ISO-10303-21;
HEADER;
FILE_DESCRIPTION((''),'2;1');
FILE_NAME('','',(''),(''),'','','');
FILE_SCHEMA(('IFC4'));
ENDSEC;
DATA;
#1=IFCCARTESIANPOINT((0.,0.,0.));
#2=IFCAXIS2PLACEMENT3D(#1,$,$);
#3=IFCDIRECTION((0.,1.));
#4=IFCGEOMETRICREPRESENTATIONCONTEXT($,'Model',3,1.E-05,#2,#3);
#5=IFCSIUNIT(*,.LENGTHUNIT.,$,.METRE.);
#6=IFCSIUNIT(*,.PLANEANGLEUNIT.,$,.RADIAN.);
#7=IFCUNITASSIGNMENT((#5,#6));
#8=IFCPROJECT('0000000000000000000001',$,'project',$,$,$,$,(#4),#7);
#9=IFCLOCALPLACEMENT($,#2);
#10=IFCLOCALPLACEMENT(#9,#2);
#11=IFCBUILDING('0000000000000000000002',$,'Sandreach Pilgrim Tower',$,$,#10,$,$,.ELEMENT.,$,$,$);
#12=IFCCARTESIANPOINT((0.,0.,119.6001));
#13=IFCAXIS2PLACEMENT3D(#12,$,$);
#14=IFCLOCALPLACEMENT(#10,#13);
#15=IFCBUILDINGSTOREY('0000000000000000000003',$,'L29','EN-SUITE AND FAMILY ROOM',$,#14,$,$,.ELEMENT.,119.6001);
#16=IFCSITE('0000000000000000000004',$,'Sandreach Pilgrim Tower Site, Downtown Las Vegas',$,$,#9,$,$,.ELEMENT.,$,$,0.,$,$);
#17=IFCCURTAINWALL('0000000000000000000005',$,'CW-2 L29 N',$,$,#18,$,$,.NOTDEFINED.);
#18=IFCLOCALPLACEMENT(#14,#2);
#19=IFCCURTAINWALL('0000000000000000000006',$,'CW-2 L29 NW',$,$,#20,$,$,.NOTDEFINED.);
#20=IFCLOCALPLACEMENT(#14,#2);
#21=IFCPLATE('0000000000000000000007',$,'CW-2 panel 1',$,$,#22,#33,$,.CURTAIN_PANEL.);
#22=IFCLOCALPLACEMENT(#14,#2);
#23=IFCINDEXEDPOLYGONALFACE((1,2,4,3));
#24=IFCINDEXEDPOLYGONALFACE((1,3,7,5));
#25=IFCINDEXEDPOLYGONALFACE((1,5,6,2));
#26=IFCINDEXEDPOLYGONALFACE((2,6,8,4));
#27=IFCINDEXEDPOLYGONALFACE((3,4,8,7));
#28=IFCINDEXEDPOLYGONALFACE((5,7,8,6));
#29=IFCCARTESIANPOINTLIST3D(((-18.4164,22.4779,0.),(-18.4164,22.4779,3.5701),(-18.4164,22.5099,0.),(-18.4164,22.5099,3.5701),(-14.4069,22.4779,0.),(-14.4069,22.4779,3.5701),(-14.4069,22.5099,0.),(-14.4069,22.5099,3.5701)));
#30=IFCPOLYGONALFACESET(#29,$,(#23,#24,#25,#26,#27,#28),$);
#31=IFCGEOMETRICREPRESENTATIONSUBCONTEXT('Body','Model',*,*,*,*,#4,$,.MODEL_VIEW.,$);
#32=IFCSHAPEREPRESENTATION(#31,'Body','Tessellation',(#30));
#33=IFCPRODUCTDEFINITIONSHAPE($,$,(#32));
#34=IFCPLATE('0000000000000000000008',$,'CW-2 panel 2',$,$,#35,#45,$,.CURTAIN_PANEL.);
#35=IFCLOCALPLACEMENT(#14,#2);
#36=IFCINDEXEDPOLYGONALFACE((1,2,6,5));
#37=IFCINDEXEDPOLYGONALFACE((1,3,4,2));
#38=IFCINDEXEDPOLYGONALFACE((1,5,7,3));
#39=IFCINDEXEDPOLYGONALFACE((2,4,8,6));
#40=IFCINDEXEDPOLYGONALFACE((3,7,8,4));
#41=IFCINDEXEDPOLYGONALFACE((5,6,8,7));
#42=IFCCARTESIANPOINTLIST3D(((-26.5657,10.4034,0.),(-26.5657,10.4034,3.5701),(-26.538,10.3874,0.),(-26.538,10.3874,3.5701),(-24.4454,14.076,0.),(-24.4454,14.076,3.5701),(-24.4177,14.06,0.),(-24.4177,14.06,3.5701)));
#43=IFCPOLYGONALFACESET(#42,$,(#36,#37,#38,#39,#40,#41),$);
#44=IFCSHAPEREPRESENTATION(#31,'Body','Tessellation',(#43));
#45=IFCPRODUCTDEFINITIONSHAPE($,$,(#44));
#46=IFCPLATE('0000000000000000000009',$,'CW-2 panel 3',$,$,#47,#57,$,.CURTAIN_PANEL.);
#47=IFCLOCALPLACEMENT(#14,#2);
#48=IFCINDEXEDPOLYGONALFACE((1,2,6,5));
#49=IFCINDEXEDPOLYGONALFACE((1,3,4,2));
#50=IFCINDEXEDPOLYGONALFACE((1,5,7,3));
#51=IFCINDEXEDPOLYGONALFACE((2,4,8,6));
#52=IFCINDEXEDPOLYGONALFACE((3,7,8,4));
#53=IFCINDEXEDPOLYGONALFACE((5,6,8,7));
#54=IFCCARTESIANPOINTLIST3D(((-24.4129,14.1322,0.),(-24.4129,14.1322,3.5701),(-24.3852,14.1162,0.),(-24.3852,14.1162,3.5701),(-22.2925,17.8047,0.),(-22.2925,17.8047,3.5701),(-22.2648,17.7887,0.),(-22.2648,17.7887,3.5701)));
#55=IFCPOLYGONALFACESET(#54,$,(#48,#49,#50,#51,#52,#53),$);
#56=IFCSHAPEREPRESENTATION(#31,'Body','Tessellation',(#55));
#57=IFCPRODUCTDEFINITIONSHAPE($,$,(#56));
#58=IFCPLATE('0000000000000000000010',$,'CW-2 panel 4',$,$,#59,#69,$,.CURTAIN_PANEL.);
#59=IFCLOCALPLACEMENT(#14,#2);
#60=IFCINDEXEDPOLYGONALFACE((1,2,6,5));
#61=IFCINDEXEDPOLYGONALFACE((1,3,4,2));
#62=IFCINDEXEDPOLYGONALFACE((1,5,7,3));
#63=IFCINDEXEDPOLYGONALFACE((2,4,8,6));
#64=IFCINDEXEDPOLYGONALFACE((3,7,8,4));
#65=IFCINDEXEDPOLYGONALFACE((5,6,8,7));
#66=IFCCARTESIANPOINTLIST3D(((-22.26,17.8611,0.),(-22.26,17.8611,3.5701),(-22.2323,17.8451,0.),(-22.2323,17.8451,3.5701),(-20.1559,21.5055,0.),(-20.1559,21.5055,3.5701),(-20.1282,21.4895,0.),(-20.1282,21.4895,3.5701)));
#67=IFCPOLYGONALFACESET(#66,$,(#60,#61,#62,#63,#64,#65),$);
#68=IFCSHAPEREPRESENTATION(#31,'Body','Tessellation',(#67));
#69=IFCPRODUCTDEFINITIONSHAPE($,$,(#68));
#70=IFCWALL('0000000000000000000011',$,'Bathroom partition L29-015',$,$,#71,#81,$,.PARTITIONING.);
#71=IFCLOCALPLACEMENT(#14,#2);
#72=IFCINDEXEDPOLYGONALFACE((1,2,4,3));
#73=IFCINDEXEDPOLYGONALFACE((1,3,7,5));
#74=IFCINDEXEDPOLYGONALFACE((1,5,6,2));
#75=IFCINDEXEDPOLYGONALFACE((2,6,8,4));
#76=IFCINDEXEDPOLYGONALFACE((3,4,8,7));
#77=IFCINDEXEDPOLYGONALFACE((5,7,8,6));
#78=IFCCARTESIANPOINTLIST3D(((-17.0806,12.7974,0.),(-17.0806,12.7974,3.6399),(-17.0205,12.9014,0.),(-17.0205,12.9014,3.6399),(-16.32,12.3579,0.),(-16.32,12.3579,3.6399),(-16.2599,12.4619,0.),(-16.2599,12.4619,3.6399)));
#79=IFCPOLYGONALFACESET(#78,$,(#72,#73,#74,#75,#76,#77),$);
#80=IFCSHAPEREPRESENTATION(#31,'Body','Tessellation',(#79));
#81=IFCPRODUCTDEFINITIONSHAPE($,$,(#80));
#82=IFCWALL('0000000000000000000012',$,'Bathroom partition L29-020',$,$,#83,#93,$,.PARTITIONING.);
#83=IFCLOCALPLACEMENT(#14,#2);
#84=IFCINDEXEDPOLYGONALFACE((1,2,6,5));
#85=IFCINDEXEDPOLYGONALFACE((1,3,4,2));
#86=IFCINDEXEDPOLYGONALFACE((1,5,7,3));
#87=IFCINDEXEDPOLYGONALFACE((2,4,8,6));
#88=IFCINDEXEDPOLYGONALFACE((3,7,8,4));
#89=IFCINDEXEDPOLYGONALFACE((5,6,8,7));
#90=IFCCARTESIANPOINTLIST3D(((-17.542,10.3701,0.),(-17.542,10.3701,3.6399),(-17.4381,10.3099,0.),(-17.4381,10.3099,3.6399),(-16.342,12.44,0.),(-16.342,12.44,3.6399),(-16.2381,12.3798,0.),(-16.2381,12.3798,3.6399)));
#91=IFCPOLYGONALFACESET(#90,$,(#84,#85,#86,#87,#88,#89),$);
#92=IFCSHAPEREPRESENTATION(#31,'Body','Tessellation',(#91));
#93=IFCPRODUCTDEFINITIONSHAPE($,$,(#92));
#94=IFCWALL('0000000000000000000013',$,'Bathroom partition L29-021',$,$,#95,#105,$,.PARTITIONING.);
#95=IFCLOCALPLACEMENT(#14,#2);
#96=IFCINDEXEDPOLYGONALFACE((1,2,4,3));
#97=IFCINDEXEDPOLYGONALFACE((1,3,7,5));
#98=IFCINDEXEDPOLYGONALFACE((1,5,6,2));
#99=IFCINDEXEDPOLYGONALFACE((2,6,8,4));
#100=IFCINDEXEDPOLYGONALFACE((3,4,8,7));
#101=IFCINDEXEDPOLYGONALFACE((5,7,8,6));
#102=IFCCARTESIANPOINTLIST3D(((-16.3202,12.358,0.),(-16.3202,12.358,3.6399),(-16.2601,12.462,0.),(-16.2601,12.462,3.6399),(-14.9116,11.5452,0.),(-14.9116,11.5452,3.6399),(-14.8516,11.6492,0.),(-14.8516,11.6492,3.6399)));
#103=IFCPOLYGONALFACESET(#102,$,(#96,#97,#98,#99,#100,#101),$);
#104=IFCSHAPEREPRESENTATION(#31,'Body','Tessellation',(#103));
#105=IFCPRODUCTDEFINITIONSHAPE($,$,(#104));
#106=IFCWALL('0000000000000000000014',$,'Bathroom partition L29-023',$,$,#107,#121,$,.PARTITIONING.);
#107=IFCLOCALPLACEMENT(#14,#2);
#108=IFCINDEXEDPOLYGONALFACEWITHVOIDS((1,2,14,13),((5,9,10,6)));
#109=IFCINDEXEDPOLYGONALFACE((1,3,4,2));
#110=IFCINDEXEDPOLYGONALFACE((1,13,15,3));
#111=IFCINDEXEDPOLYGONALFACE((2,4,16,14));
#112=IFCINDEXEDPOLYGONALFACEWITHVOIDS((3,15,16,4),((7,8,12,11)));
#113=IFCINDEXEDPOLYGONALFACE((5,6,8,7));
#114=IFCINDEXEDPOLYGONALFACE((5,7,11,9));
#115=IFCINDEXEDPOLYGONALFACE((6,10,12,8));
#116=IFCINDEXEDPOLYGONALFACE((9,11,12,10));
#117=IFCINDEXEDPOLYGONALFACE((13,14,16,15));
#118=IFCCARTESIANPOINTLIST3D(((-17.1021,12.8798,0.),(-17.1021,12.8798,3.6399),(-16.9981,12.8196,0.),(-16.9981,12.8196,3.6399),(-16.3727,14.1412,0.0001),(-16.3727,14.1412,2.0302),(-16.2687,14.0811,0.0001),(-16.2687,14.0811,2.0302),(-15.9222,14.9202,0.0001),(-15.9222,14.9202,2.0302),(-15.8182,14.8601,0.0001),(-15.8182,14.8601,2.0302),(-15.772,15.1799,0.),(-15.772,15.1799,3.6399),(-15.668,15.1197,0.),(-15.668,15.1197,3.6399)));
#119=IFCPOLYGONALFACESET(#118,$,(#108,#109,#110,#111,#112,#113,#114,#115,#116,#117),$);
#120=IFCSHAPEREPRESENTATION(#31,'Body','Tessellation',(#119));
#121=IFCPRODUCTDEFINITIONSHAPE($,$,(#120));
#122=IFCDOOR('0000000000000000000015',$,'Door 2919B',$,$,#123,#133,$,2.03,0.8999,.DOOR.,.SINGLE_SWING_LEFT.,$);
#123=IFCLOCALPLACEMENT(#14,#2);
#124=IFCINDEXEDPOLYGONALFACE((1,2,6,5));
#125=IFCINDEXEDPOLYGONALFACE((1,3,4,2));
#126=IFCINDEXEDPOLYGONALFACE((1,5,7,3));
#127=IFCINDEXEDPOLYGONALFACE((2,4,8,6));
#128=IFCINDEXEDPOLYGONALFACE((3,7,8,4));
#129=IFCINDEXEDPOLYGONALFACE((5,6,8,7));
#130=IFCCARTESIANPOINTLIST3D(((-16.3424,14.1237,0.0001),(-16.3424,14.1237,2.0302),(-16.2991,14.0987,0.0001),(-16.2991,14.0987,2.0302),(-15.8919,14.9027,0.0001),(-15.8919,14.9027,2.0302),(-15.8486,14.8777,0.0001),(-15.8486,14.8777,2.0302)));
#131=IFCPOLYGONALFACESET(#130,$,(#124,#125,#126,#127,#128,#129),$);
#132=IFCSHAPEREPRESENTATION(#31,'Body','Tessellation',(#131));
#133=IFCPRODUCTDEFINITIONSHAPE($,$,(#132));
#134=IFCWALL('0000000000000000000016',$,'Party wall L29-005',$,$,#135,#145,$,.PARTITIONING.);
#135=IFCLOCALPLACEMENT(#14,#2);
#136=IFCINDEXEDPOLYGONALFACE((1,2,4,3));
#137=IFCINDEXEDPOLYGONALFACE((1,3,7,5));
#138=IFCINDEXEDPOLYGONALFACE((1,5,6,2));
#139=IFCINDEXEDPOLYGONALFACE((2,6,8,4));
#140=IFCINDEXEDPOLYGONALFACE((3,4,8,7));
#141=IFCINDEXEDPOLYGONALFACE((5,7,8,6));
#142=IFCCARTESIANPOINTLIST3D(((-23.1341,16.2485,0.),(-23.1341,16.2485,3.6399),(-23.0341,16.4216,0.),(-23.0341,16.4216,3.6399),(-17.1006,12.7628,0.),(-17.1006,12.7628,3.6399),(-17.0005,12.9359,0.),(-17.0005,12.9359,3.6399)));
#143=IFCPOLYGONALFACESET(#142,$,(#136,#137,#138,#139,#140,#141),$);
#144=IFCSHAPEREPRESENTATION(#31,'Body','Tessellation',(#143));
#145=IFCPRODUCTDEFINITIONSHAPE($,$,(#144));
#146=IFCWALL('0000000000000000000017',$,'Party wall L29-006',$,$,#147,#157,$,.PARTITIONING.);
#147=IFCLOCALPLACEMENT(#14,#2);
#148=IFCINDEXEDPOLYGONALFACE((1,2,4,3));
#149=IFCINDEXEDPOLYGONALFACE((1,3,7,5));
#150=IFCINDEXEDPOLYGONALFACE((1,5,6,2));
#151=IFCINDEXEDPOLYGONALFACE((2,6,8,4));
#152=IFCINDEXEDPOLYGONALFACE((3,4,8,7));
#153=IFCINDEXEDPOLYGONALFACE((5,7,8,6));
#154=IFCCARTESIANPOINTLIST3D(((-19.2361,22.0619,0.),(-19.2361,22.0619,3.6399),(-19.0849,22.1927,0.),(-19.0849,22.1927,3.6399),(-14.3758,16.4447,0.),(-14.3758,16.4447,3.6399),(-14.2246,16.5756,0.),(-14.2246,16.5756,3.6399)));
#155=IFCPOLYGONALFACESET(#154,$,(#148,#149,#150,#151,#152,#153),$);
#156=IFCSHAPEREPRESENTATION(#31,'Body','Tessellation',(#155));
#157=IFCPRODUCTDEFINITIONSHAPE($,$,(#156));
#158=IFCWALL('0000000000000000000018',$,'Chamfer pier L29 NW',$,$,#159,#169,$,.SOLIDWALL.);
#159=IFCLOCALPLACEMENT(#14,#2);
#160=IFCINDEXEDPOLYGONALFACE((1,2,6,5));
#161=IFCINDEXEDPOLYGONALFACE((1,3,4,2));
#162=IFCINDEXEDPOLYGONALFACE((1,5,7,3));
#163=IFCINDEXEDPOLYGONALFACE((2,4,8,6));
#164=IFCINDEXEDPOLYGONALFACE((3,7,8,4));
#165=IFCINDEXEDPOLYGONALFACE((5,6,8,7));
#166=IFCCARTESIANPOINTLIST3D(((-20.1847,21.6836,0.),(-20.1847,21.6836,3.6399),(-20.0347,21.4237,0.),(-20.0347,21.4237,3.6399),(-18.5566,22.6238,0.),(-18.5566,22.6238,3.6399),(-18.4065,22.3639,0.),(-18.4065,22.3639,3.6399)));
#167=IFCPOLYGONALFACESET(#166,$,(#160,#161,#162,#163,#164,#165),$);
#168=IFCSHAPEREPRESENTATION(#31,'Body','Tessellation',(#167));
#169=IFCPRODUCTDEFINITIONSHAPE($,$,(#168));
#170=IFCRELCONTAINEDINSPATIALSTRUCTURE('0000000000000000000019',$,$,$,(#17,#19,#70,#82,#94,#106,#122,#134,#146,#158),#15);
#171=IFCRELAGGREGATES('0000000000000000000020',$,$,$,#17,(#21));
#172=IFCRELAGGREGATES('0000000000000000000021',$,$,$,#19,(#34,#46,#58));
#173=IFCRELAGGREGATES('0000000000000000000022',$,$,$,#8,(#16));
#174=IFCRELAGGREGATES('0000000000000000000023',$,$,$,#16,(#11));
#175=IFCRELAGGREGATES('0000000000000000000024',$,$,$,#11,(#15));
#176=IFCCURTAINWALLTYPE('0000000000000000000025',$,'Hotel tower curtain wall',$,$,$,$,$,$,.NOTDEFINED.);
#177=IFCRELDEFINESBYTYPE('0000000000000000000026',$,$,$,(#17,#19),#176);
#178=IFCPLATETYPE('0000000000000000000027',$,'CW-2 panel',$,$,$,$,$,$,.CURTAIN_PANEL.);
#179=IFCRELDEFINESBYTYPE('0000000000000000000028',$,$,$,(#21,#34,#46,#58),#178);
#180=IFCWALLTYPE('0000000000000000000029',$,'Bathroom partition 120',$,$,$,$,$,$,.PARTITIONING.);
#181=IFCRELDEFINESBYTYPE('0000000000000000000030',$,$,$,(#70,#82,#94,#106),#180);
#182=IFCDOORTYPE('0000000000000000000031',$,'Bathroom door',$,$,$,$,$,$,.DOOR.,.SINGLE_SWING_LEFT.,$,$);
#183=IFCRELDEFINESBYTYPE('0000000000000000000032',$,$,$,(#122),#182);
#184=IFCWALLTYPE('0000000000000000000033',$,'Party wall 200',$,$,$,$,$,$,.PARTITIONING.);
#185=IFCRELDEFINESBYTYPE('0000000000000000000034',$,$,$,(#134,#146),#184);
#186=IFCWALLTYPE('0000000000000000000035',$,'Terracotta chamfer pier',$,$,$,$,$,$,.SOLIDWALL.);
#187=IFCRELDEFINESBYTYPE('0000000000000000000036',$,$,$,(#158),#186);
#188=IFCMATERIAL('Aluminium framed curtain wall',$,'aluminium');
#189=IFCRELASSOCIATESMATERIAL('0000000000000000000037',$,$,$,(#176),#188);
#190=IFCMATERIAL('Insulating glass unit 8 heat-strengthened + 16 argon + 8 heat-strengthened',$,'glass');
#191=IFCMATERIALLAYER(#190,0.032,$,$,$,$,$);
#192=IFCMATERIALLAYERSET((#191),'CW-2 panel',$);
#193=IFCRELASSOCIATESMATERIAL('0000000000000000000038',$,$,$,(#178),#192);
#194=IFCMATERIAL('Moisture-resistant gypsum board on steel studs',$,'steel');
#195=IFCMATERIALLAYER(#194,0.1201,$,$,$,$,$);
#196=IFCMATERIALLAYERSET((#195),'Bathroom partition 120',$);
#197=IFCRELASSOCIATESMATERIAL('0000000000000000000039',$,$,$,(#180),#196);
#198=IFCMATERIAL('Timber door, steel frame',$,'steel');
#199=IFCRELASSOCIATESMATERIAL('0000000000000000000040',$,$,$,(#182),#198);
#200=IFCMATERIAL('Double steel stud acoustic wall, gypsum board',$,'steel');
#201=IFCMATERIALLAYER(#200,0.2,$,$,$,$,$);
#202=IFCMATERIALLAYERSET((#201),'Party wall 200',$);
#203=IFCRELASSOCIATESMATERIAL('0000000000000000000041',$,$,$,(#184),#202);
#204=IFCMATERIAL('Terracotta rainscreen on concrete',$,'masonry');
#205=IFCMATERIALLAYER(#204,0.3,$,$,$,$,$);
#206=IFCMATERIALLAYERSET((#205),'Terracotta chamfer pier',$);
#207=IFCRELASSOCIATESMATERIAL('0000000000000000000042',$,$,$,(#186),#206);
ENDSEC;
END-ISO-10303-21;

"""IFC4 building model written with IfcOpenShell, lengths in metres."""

from ifc_helpers import new_model, si_unit, direction, frame, frame_2d, origin, origin_2d, place, context, subcontext, project, spatial, rectangle, extrude, material, layer, layer_set, type_object, element, fill, aggregate, save


model = new_model("IFC4")

# Units and contexts
model_context = context("Model", 3, precision=1e-05, world=origin(), true_north=direction((0.0, 1.0)))
body_context = subcontext(model_context, "Body", "Model", "MODEL_VIEW")
ifc_project = project(units=[si_unit("LENGTHUNIT", "METRE"), si_unit("PLANEANGLEUNIT", "RADIAN")], contexts=[model_context])

# Site, building, storey
site_placement = place(None, origin())
site = spatial("IfcSite", under=ifc_project, at=site_placement, Name="Sandreach Pilgrim Tower Site, Downtown Las Vegas", CompositionType="ELEMENT", RefElevation=0.0)
building_placement = place(site_placement, origin())
building = spatial("IfcBuilding", under=site, at=building_placement, Name="Sandreach Pilgrim Tower", CompositionType="ELEMENT")
storey_placement = place(building_placement, frame((0.0, 0.0, 119.6001)))
storey = spatial("IfcBuildingStorey", under=building, at=storey_placement, Name="L29", Description="EN-SUITE AND FAMILY ROOM", CompositionType="ELEMENT", Elevation=119.6001)

# Curtain wall
ifc_material_1 = material(Name="Aluminium framed curtain wall", Category="aluminium")
curtain_wall_type = type_object("IfcCurtainWallType", Name="Hotel tower curtain wall", PredefinedType="NOTDEFINED", material=ifc_material_1)
curtain_wall_1_placement = place(storey_placement, origin())
curtain_wall_1 = element("IfcCurtainWall", 1, at=curtain_wall_1_placement, inside=storey, type_object=curtain_wall_type, Name="CW-2 L29 N", PredefinedType="NOTDEFINED")

# Curtain wall
curtain_wall_2_placement = place(storey_placement, origin())
curtain_wall_2 = element("IfcCurtainWall", 2, at=curtain_wall_2_placement, inside=storey, type_object=curtain_wall_type, Name="CW-2 L29 NW", PredefinedType="NOTDEFINED")

# Plates
ifc_material_2 = material(Name="Insulating glass unit 8 heat-strengthened + 16 argon + 8 heat-strengthened", Category="glass")
ifc_layer_1 = layer(ifc_material_2, 0.032)
ifc_layer_set_1 = layer_set([ifc_layer_1], Name="CW-2 panel")
plate_type = type_object("IfcPlateType", Name="CW-2 panel", PredefinedType="CURTAIN_PANEL", material=ifc_layer_set_1)
plate_1_placement = place(storey_placement, frame((-16.4116, 22.4939, 0.0), z_axis=(0.0, 0.0, 1.0), x_axis=(1.0, 0.0, 0.0)))
plate_1 = element("IfcPlate", 3, at=plate_1_placement, type_object=plate_type, Name="CW-2 panel 1", PredefinedType="CURTAIN_PANEL", context=body_context, shape_type="SweptSolid", body=[
    extrude(rectangle(XDim=4.0095, YDim=0.032, at=origin_2d()), origin(), (0.0, 0.0, 1.0), 3.5701),
])
aggregate(curtain_wall_1, [plate_1])
plate_2_placement = place(storey_placement, frame((-25.4917, 12.2317, 0.0), z_axis=(0.0, 0.0, 1.0), x_axis=(0.5, 0.866025, 0.0)))
plate_2 = element("IfcPlate", 4, at=plate_2_placement, type_object=plate_type, Name="CW-2 panel 2", PredefinedType="CURTAIN_PANEL", context=body_context, shape_type="SweptSolid", body=[
    extrude(rectangle(XDim=4.2407, YDim=0.032, at=origin_2d()), origin(), (0.0, 0.0, 1.0), 3.5701),
])
plate_3_placement = place(storey_placement, frame((-23.3389, 15.9604, 0.0), z_axis=(0.0, 0.0, 1.0), x_axis=(0.5, 0.866025, 0.0)))
plate_3 = element("IfcPlate", 5, at=plate_3_placement, type_object=plate_type, Name="CW-2 panel 3", PredefinedType="CURTAIN_PANEL", context=body_context, shape_type="SweptSolid", body=[
    extrude(rectangle(XDim=4.2407, YDim=0.032, at=origin_2d()), origin(), (0.0, 0.0, 1.0), 3.5701),
])
plate_4_placement = place(storey_placement, frame((-21.1941, 19.6753, 0.0), z_axis=(0.0, 0.0, 1.0), x_axis=(0.5, 0.866025, 0.0)))
plate_4 = element("IfcPlate", 6, at=plate_4_placement, type_object=plate_type, Name="CW-2 panel 4", PredefinedType="CURTAIN_PANEL", context=body_context, shape_type="SweptSolid", body=[
    extrude(rectangle(XDim=4.2083, YDim=0.032, at=origin_2d()), origin(), (0.0, 0.0, 1.0), 3.5701),
])
aggregate(curtain_wall_2, [plate_2, plate_3, plate_4])

# Walls
ifc_material_3 = material(Name="Moisture-resistant gypsum board on steel studs", Category="steel")
ifc_layer_2 = layer(ifc_material_3, 0.1201)
ifc_layer_set_2 = layer_set([ifc_layer_2], Name="Bathroom partition 120")
wall_type_1 = type_object("IfcWallType", Name="Bathroom partition 120", PredefinedType="PARTITIONING", material=ifc_layer_set_2)
wall_1_placement = place(storey_placement, frame((-17.0505, 12.8494, 0.0), z_axis=(0.0, 0.0, 1.0), x_axis=(0.865838, -0.500324, 0.0)))
element("IfcWall", 7, at=wall_1_placement, inside=storey, type_object=wall_type_1, Name="Bathroom partition L29-015", PredefinedType="PARTITIONING", context=body_context, shape_type="SweptSolid", body=[
    extrude(rectangle(XDim=0.8784, YDim=0.1201, at=frame_2d((0.4392, 0.0))), origin(), (0.0, 0.0, 1.0), 3.6399),
])
wall_2_placement = place(storey_placement, frame((-16.29, 12.4099, 0.0), z_axis=(0.0, 0.0, 1.0), x_axis=(-0.501547, -0.86513, 0.0)))
element("IfcWall", 8, at=wall_2_placement, inside=storey, type_object=wall_type_1, Name="Bathroom partition L29-020", PredefinedType="PARTITIONING", context=body_context, shape_type="SweptSolid", body=[
    extrude(rectangle(XDim=2.3926, YDim=0.1201, at=frame_2d((1.1963, 0.0))), origin(), (0.0, 0.0, 1.0), 3.6399),
])
wall_3_placement = place(storey_placement, frame((-16.29, 12.4099, 0.0), z_axis=(0.0, 0.0, 1.0), x_axis=(0.866138, -0.499805, 0.0)))
element("IfcWall", 9, at=wall_3_placement, inside=storey, type_object=wall_type_1, Name="Bathroom partition L29-021", PredefinedType="PARTITIONING", context=body_context, shape_type="SweptSolid", body=[
    extrude(rectangle(XDim=1.6262, YDim=0.1201, at=frame_2d((0.813, 0.0))), origin(), (0.0, 0.0, 1.0), 3.6399),
])

# Wall, opening, door
wall_4_placement = place(storey_placement, frame((-15.72, 15.1499, 0.0), z_axis=(0.0, 0.0, 1.0), x_axis=(-0.500605, -0.865676, 0.0)))
wall_4 = element("IfcWall", 10, at=wall_4_placement, inside=storey, type_object=wall_type_1, Name="Bathroom partition L29-023", PredefinedType="PARTITIONING", context=body_context, shape_type="SweptSolid", body=[
    extrude(rectangle(XDim=2.657, YDim=0.1201, at=frame_2d((1.3286, 0.0))), origin(), (0.0, 0.0, 1.0), 3.6399),
])
opening_placement = place(wall_4_placement, frame((0.3, 0.0, 0.0)))
opening = element("IfcOpeningElement", 11, at=opening_placement, cuts=wall_4, PredefinedType="OPENING", context=body_context, shape_type="SweptSolid", body=[
    extrude(rectangle(XDim=0.8999, YDim=2.03, at=frame_2d((0.45, 1.0151))), frame((0.0, 0.0601, 0.0), z_axis=(0.0, -1.0, 0.0), x_axis=(1.0, 0.0, 0.0)), (0.0, 0.0, 1.0), 0.1201),
])
ifc_material_4 = material(Name="Timber door, steel frame", Category="steel")
door_type = type_object("IfcDoorType", Name="Bathroom door", OperationType="SINGLE_SWING_LEFT", PredefinedType="DOOR", material=ifc_material_4)
door_placement = place(opening_placement, origin())
door = element("IfcDoor", 12, at=door_placement, inside=storey, type_object=door_type, Name="Door 2919B", OperationType="SINGLE_SWING_LEFT", OverallHeight=2.03, OverallWidth=0.8999, PredefinedType="DOOR", context=body_context, shape_type="SweptSolid", body=[
    extrude(rectangle(XDim=0.8999, YDim=2.03, at=frame_2d((0.45, 1.0151))), frame((0.0, 0.0249, 0.0), z_axis=(0.0, -1.0, 0.0), x_axis=(1.0, 0.0, 0.0)), (0.0, 0.0, 1.0), 0.05),
])
fill(opening, door)

# Walls
ifc_material_5 = material(Name="Double steel stud acoustic wall, gypsum board", Category="steel")
ifc_layer_3 = layer(ifc_material_5, 0.2)
ifc_layer_set_3 = layer_set([ifc_layer_3], Name="Party wall 200")
wall_type_2 = type_object("IfcWallType", Name="Party wall 200", PredefinedType="PARTITIONING", material=ifc_layer_set_3)
wall_5_placement = place(storey_placement, frame((-23.084, 16.335, 0.0), z_axis=(0.0, 0.0, 1.0), x_axis=(0.86589, -0.500235, 0.0)))
element("IfcWall", 13, at=wall_5_placement, inside=storey, type_object=wall_type_2, Name="Party wall L29-005", PredefinedType="PARTITIONING", context=body_context, shape_type="SweptSolid", body=[
    extrude(rectangle(XDim=6.968, YDim=0.2, at=frame_2d((3.4839, 0.0))), origin(), (0.0, 0.0, 1.0), 3.6399),
])
wall_6_placement = place(storey_placement, frame((-19.1604, 22.1272, 0.0), z_axis=(0.0, 0.0, 1.0), x_axis=(0.654325, -0.756214, 0.0)))
element("IfcWall", 14, at=wall_6_placement, inside=storey, type_object=wall_type_2, Name="Party wall L29-006", PredefinedType="PARTITIONING", context=body_context, shape_type="SweptSolid", body=[
    extrude(rectangle(XDim=7.428, YDim=0.2, at=frame_2d((3.7139, 0.0))), origin(), (0.0, 0.0, 1.0), 3.6399),
])
ifc_material_6 = material(Name="Terracotta rainscreen on concrete", Category="masonry")
ifc_layer_4 = layer(ifc_material_6, 0.3)
ifc_layer_set_4 = layer_set([ifc_layer_4], Name="Terracotta chamfer pier")
wall_type_3 = type_object("IfcWallType", Name="Terracotta chamfer pier", PredefinedType="SOLIDWALL", material=ifc_layer_set_4)
wall_7_placement = place(storey_placement, frame((-20.1096, 21.5537, 0.0), z_axis=(0.0, 0.0, 1.0), x_axis=(0.865989, 0.500063, 0.0)))
element("IfcWall", 15, at=wall_7_placement, inside=storey, type_object=wall_type_3, Name="Chamfer pier L29 NW", PredefinedType="SOLIDWALL", context=body_context, shape_type="SweptSolid", body=[
    extrude(rectangle(XDim=1.8801, YDim=0.3, at=frame_2d((0.9399, 0.0))), origin(), (0.0, 0.0, 1.0), 3.6399),
])

save(model, "model.ifc")
